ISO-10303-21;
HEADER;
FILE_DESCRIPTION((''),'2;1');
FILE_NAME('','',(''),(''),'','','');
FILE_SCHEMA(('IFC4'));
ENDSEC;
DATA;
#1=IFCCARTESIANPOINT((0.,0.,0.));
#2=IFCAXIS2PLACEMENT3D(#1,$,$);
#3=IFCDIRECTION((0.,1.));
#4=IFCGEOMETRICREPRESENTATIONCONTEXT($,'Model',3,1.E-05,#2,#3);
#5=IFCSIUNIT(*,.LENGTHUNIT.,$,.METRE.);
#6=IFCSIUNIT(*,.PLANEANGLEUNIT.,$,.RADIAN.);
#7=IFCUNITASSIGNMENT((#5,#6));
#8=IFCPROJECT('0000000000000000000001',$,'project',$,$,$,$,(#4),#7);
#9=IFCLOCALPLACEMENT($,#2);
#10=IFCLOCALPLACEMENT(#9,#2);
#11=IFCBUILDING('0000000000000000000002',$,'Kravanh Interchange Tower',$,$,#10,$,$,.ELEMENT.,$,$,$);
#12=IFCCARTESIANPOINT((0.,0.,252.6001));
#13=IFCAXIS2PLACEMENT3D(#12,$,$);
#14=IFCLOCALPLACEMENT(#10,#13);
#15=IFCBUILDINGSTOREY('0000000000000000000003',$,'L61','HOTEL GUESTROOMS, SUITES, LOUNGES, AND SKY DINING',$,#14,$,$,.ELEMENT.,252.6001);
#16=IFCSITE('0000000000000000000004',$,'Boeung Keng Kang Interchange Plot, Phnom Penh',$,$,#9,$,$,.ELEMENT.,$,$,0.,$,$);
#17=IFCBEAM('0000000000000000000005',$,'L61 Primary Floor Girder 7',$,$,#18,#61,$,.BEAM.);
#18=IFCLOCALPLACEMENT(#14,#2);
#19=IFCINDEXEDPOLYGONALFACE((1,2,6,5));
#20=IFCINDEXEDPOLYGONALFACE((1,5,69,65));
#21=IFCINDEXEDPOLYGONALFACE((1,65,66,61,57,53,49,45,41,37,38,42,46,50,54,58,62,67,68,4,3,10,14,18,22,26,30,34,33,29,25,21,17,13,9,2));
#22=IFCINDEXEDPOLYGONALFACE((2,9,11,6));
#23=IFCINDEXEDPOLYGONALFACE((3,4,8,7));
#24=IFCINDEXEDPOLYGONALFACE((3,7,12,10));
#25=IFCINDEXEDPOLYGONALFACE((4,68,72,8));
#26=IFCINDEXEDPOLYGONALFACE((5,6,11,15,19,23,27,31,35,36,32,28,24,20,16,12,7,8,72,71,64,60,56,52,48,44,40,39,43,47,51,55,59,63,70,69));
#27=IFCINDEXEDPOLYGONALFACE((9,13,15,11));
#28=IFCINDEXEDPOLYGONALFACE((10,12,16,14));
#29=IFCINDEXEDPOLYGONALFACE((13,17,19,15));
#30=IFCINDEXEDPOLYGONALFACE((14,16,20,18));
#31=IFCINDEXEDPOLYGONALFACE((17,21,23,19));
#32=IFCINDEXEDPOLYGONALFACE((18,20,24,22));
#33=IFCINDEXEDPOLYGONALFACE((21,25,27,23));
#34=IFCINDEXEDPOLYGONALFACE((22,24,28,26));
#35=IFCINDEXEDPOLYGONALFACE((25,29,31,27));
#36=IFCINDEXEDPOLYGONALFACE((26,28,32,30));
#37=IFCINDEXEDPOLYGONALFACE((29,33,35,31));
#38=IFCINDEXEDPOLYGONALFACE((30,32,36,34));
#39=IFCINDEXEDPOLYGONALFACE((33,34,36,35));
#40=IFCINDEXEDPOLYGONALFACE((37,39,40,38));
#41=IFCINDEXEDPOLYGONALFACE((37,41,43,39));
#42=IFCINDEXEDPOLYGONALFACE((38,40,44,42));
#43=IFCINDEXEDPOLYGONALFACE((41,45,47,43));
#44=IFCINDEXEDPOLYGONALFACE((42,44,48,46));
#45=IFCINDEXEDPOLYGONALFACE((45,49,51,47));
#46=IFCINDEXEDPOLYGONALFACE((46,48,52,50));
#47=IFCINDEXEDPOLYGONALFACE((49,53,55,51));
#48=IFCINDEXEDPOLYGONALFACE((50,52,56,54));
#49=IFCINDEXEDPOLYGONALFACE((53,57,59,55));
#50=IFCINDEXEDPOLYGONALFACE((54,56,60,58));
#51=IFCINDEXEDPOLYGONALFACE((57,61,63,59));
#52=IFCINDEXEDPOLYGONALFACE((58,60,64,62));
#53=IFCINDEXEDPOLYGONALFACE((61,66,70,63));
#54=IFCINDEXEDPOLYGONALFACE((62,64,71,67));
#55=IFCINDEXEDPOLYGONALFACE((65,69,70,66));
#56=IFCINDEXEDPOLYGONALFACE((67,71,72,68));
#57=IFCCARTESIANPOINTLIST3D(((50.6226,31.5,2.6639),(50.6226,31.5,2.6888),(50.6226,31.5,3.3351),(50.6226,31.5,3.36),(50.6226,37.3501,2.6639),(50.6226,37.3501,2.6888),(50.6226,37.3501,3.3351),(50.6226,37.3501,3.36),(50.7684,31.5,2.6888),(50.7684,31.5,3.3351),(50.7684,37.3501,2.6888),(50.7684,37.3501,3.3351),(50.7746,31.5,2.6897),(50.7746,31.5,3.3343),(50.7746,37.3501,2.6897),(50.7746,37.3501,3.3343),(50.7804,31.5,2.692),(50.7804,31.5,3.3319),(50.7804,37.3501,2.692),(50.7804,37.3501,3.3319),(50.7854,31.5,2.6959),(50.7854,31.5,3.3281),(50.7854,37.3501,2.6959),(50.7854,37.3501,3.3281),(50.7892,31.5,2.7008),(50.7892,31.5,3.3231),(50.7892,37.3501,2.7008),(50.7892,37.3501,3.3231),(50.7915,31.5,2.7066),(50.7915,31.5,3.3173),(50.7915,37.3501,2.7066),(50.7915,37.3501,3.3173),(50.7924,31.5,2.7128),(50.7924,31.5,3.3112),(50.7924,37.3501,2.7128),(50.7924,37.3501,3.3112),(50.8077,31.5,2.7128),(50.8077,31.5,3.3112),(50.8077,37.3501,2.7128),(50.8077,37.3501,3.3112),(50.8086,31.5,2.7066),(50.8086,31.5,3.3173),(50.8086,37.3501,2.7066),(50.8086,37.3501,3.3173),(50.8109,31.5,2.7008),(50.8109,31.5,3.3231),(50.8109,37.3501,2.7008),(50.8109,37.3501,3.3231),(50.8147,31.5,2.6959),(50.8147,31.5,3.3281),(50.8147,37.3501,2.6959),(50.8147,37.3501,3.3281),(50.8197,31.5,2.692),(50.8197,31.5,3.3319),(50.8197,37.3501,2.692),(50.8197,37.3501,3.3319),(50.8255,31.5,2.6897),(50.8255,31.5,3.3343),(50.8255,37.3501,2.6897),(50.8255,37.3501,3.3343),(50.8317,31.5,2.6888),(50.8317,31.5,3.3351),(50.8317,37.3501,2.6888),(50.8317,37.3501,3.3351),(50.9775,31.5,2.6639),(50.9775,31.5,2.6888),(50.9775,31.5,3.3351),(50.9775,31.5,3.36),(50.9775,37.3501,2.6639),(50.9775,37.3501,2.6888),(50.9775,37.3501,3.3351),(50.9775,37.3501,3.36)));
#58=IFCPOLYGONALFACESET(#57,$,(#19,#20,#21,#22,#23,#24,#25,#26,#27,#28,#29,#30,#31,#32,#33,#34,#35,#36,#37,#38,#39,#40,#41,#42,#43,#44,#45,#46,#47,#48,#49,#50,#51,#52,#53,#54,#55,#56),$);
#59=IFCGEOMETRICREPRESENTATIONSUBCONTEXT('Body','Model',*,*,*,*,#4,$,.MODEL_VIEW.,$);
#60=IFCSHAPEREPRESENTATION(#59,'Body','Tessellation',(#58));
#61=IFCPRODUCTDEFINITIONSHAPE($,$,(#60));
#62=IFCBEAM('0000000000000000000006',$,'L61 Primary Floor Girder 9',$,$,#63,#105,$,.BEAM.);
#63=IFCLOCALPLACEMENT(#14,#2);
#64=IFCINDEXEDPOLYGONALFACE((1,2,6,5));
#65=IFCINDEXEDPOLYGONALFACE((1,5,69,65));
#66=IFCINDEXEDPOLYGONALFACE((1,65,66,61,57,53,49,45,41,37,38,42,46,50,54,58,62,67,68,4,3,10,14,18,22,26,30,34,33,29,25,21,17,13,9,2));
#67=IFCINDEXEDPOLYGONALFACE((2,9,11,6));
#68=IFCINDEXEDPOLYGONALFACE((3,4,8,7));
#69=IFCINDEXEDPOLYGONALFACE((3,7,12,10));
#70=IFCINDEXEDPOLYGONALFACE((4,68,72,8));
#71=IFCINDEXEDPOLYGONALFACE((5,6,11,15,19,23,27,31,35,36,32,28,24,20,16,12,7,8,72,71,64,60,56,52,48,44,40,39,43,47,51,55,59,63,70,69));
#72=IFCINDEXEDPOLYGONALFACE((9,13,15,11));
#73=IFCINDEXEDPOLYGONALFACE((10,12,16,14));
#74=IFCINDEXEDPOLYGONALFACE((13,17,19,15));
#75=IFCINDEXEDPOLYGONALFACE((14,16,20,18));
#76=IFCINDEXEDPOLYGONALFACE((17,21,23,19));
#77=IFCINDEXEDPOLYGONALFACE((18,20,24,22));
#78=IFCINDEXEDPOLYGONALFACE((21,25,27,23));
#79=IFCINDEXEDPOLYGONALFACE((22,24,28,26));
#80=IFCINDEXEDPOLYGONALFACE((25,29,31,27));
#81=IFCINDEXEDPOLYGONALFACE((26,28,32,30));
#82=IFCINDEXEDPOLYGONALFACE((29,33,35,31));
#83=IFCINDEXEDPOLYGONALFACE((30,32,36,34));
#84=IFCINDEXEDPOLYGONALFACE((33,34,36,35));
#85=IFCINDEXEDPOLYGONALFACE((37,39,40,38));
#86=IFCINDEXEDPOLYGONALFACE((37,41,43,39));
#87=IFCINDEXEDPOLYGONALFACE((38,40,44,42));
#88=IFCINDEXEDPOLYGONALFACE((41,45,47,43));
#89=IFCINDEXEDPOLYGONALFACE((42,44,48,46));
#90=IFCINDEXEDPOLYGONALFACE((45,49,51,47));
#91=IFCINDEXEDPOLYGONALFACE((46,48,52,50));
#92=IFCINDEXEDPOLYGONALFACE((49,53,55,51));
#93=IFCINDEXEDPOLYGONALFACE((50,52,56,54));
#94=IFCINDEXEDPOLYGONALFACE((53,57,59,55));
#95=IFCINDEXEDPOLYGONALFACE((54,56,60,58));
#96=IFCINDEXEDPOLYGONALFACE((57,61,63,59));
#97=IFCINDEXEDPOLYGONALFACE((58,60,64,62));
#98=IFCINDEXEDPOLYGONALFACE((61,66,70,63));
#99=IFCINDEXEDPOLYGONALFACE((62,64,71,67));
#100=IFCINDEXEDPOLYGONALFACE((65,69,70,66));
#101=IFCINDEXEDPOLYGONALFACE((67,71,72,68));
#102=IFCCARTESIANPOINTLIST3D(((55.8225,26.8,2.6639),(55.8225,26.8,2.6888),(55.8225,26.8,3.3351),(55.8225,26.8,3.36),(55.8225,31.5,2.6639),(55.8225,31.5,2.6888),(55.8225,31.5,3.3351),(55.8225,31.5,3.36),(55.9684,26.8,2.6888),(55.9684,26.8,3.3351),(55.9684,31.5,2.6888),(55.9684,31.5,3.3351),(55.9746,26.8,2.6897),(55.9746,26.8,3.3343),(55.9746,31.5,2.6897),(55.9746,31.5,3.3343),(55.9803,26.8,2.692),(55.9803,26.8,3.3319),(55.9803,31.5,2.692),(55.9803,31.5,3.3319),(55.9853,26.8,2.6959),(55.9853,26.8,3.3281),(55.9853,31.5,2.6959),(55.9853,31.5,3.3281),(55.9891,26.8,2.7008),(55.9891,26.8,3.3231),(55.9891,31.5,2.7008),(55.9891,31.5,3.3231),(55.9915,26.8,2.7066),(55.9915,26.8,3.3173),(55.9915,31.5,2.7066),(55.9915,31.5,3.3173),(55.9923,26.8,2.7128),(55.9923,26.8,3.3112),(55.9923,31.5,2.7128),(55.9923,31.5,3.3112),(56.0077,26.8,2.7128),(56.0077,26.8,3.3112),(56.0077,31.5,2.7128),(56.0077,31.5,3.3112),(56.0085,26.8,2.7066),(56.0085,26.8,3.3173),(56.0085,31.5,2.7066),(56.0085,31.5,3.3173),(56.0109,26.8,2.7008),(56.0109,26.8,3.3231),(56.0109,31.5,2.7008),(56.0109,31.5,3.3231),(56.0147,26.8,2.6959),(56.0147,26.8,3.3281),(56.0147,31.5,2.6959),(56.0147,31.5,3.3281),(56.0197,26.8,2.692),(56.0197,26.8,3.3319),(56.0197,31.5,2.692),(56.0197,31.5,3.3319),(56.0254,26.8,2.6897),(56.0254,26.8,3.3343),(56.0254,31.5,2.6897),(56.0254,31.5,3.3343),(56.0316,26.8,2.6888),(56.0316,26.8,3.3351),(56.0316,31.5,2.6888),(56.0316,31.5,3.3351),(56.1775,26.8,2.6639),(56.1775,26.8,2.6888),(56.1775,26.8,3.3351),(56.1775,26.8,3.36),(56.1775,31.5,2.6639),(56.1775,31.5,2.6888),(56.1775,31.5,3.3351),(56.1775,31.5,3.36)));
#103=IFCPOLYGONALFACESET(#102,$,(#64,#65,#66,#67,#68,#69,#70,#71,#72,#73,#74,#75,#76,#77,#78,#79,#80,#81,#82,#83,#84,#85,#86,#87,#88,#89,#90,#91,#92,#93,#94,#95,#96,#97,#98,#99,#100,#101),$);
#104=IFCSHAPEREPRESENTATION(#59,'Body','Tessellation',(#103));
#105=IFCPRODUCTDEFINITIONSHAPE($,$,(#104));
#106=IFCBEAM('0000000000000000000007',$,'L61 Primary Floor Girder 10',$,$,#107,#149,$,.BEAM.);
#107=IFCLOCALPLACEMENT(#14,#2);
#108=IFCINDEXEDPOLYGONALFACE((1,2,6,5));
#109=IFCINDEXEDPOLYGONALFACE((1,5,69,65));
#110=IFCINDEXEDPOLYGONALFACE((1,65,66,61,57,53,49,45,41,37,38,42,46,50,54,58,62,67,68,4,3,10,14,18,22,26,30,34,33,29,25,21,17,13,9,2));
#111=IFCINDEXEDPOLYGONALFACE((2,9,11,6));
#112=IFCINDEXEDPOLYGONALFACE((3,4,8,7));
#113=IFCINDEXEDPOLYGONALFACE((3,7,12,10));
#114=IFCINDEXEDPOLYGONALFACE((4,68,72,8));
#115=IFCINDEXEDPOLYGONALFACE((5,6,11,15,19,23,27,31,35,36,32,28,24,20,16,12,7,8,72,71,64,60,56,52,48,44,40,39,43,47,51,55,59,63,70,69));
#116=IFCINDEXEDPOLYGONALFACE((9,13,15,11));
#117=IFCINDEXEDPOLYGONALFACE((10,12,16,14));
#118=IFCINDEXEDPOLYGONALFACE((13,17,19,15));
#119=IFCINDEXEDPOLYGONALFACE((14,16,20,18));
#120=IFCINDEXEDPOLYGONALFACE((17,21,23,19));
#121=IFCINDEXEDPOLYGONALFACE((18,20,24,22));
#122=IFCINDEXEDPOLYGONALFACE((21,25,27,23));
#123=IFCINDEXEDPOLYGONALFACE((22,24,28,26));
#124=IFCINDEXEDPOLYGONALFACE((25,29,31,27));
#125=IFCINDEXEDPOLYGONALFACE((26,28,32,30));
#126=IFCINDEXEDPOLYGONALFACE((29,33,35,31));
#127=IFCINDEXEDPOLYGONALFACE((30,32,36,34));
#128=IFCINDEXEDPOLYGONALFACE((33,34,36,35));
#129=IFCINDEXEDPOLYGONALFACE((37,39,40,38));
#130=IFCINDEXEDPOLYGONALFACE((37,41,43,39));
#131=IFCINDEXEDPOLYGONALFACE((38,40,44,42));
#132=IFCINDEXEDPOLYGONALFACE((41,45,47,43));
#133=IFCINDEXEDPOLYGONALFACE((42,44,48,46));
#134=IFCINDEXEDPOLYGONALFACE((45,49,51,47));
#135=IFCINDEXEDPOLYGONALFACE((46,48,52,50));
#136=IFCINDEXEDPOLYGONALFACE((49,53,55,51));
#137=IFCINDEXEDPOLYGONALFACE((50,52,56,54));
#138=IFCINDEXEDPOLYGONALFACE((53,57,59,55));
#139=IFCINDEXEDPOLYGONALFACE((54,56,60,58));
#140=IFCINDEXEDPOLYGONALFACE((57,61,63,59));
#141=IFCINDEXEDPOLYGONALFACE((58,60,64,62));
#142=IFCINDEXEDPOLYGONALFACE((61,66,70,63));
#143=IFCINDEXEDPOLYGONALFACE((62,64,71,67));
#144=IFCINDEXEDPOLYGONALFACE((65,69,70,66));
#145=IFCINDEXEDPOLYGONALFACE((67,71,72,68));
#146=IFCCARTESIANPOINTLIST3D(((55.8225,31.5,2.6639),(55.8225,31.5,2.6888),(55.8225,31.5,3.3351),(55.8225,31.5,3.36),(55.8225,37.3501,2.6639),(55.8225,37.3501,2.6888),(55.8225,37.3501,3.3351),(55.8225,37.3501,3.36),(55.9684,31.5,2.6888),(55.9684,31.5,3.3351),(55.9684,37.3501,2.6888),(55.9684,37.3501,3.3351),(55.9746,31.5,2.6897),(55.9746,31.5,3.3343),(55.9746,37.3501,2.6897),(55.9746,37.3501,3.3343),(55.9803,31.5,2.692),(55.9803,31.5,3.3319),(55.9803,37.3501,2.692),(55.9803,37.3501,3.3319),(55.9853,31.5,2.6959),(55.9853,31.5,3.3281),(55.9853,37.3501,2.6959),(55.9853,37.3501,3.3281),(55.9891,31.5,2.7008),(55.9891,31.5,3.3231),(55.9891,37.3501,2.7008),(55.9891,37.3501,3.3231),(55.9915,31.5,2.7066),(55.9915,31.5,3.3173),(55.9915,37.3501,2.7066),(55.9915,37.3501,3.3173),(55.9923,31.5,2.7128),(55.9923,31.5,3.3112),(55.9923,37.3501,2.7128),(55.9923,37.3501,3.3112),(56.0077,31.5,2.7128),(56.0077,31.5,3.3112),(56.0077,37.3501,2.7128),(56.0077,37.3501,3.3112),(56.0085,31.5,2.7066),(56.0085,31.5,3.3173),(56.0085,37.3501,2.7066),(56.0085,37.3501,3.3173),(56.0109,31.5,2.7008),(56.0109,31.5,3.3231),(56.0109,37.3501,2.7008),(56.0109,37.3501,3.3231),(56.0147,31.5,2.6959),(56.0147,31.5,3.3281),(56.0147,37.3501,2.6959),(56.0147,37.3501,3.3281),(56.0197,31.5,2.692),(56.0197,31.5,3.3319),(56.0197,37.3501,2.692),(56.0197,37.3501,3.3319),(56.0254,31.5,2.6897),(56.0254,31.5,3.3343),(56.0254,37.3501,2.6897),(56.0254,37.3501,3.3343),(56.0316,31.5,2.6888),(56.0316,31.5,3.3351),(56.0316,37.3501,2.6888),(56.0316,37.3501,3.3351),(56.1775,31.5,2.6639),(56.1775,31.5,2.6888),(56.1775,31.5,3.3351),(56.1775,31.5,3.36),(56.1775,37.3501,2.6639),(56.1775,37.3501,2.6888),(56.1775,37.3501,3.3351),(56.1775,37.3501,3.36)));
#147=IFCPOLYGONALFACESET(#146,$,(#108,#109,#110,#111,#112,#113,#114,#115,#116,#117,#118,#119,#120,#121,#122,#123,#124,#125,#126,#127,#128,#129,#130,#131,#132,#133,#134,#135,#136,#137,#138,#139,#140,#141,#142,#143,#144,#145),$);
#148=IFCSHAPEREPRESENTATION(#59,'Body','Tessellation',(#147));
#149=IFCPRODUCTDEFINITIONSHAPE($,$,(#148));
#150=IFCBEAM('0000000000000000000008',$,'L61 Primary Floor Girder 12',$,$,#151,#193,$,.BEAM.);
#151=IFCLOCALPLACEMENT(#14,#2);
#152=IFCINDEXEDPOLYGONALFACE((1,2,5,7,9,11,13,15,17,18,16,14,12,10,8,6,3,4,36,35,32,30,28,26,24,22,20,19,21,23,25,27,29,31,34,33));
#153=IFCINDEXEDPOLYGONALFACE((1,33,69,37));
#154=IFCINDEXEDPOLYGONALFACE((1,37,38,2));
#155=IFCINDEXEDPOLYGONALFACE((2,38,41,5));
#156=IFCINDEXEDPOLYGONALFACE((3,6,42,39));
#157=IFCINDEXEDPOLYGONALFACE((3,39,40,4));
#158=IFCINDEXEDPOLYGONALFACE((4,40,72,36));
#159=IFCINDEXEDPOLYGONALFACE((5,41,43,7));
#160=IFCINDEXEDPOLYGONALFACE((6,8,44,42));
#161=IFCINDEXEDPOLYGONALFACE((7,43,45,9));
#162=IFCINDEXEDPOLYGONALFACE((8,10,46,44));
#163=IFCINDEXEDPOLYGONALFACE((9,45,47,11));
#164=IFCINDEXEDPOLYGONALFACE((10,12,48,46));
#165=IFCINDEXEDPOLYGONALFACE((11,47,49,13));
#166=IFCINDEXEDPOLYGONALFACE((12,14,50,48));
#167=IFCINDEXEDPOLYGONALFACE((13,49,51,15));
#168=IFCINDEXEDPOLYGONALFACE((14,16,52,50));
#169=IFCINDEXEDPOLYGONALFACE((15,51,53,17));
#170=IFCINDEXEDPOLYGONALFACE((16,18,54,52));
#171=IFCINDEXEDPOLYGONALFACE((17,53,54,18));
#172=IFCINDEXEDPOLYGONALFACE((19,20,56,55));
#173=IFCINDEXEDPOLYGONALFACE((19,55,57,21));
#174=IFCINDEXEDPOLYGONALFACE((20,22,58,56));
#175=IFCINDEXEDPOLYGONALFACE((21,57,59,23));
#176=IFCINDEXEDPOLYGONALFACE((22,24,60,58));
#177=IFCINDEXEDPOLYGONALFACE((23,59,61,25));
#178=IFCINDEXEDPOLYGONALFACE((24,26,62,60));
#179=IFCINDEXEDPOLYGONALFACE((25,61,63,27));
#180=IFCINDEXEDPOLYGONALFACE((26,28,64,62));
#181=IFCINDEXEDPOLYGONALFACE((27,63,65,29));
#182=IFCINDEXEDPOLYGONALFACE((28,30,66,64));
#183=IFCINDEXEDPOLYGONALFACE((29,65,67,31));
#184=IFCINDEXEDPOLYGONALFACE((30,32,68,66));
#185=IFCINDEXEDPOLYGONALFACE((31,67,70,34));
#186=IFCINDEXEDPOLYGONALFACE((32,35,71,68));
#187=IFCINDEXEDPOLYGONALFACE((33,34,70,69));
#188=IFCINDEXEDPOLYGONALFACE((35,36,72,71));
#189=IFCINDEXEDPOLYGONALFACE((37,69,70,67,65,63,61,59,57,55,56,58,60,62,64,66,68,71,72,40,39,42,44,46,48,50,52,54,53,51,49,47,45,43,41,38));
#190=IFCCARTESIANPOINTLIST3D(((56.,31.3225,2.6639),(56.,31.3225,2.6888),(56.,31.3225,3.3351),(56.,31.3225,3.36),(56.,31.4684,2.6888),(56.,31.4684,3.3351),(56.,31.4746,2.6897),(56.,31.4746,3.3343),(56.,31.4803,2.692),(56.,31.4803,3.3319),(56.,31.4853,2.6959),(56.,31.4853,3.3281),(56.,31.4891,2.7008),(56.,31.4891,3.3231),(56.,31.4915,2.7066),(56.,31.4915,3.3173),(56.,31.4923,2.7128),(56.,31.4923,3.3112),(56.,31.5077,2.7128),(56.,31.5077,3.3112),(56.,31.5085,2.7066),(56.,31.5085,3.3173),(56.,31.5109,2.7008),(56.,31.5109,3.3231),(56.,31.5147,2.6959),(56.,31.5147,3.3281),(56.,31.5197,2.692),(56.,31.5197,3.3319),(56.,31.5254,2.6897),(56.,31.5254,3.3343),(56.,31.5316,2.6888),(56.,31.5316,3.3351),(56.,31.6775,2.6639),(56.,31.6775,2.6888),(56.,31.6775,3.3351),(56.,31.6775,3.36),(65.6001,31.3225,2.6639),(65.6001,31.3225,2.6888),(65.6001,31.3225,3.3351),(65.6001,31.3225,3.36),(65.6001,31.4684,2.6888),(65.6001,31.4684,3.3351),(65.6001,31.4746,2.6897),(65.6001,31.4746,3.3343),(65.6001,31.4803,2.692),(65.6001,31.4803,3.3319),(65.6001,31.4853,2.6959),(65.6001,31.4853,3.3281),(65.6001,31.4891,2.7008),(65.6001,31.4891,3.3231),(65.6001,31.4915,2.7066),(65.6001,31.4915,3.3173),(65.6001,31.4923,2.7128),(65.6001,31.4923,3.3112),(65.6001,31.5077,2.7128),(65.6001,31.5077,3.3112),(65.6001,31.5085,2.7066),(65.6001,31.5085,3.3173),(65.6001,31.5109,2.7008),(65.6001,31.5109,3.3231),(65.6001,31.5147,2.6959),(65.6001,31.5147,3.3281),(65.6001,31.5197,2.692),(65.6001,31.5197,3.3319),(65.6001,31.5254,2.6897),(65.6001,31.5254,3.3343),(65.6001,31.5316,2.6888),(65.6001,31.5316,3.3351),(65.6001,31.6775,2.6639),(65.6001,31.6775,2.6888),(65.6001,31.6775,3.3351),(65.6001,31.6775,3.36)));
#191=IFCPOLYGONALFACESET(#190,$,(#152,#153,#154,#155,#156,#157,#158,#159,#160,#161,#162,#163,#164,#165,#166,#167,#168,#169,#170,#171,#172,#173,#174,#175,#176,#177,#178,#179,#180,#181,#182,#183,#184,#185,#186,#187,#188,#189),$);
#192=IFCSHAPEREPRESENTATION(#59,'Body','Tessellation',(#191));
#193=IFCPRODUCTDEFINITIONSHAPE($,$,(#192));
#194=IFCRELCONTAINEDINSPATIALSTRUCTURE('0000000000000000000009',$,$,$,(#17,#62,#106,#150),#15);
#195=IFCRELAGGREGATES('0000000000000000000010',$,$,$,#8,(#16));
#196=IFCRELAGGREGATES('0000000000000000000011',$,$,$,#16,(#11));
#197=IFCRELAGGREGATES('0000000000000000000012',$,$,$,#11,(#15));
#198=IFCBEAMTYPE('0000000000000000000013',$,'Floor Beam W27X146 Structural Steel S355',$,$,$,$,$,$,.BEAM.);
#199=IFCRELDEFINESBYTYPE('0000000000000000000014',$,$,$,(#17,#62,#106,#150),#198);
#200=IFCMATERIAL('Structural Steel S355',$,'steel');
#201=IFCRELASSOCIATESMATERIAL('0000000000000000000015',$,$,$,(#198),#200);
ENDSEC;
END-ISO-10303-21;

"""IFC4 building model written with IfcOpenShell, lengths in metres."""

from ifc_helpers import new_model, si_unit, direction, frame, origin, origin_2d, place, context, subcontext, project, spatial, i_section, extrude, material, material_profile, profile_set, type_object, element, save


model = new_model("IFC4")

# Units and contexts
model_context = context("Model", 3, precision=1e-05, world=origin(), true_north=direction((0.0, 1.0)))
body_context = subcontext(model_context, "Body", "Model", "MODEL_VIEW")
ifc_project = project(units=[si_unit("LENGTHUNIT", "METRE"), si_unit("PLANEANGLEUNIT", "RADIAN")], contexts=[model_context])

# Site, building, storey
site_placement = place(None, origin())
site = spatial("IfcSite", under=ifc_project, at=site_placement, Name="Boeung Keng Kang Interchange Plot, Phnom Penh", CompositionType="ELEMENT", RefElevation=0.0)
building_placement = place(site_placement, origin())
building = spatial("IfcBuilding", under=site, at=building_placement, Name="Kravanh Interchange Tower", CompositionType="ELEMENT")
storey_placement = place(building_placement, frame((0.0, 0.0, 252.6001)))
storey = spatial("IfcBuildingStorey", under=building, at=storey_placement, Name="L61", Description="HOTEL GUESTROOMS, SUITES, LOUNGES, AND SKY DINING", CompositionType="ELEMENT", Elevation=252.6001)

# Beams
ifc_material_1 = material(Name="Structural Steel S355", Category="steel")
ifc_material_profile_1 = material_profile(ifc_material_1, i_section(OverallWidth=0.355, OverallDepth=0.696, WebThickness=0.0154, FlangeThickness=0.0249, FilletRadius=0.0239, at=origin_2d()), Name="W27X146")
ifc_profile_set_1 = profile_set([ifc_material_profile_1], Name="Structural Steel S355")
beam_type_1 = type_object("IfcBeamType", Name="Floor Beam W27X146 Structural Steel S355", PredefinedType="BEAM", material=ifc_profile_set_1)
beam_1_placement = place(storey_placement, frame((50.8, 31.5, 3.012), z_axis=(0.0, 1.0, 0.0), x_axis=(-1.0, 0.0, 0.0)))
element("IfcBeam", 1, at=beam_1_placement, inside=storey, type_object=beam_type_1, Name="L61 Primary Floor Girder 7", PredefinedType="BEAM", context=body_context, shape_type="SweptSolid", body=[
    extrude(i_section(OverallWidth=0.355, OverallDepth=0.696, WebThickness=0.0154, FlangeThickness=0.0249, FilletRadius=0.0239, at=origin_2d()), origin(), (0.0, 0.0, 1.0), 5.8501),
])
beam_2_placement = place(storey_placement, frame((56.0, 31.5, 3.012), z_axis=(0.0, -1.0, 0.0), x_axis=(1.0, 0.0, 0.0)))
element("IfcBeam", 2, at=beam_2_placement, inside=storey, type_object=beam_type_1, Name="L61 Primary Floor Girder 9", PredefinedType="BEAM", context=body_context, shape_type="SweptSolid", body=[
    extrude(i_section(OverallWidth=0.355, OverallDepth=0.696, WebThickness=0.0154, FlangeThickness=0.0249, FilletRadius=0.0239, at=origin_2d()), origin(), (0.0, 0.0, 1.0), 4.7),
])
beam_3_placement = place(storey_placement, frame((56.0, 31.5, 3.012), z_axis=(0.0, 1.0, 0.0), x_axis=(-1.0, 0.0, 0.0)))
element("IfcBeam", 3, at=beam_3_placement, inside=storey, type_object=beam_type_1, Name="L61 Primary Floor Girder 10", PredefinedType="BEAM", context=body_context, shape_type="SweptSolid", body=[
    extrude(i_section(OverallWidth=0.355, OverallDepth=0.696, WebThickness=0.0154, FlangeThickness=0.0249, FilletRadius=0.0239, at=origin_2d()), origin(), (0.0, 0.0, 1.0), 5.8501),
])
beam_4_placement = place(storey_placement, frame((56.0, 31.5, 3.012), z_axis=(1.0, 0.0, 0.0), x_axis=(0.0, 1.0, 0.0)))
element("IfcBeam", 4, at=beam_4_placement, inside=storey, type_object=beam_type_1, Name="L61 Primary Floor Girder 12", PredefinedType="BEAM", context=body_context, shape_type="SweptSolid", body=[
    extrude(i_section(OverallWidth=0.355, OverallDepth=0.696, WebThickness=0.0154, FlangeThickness=0.0249, FilletRadius=0.0239, at=origin_2d()), origin(), (0.0, 0.0, 1.0), 9.6001),
])

save(model, "model.ifc")
